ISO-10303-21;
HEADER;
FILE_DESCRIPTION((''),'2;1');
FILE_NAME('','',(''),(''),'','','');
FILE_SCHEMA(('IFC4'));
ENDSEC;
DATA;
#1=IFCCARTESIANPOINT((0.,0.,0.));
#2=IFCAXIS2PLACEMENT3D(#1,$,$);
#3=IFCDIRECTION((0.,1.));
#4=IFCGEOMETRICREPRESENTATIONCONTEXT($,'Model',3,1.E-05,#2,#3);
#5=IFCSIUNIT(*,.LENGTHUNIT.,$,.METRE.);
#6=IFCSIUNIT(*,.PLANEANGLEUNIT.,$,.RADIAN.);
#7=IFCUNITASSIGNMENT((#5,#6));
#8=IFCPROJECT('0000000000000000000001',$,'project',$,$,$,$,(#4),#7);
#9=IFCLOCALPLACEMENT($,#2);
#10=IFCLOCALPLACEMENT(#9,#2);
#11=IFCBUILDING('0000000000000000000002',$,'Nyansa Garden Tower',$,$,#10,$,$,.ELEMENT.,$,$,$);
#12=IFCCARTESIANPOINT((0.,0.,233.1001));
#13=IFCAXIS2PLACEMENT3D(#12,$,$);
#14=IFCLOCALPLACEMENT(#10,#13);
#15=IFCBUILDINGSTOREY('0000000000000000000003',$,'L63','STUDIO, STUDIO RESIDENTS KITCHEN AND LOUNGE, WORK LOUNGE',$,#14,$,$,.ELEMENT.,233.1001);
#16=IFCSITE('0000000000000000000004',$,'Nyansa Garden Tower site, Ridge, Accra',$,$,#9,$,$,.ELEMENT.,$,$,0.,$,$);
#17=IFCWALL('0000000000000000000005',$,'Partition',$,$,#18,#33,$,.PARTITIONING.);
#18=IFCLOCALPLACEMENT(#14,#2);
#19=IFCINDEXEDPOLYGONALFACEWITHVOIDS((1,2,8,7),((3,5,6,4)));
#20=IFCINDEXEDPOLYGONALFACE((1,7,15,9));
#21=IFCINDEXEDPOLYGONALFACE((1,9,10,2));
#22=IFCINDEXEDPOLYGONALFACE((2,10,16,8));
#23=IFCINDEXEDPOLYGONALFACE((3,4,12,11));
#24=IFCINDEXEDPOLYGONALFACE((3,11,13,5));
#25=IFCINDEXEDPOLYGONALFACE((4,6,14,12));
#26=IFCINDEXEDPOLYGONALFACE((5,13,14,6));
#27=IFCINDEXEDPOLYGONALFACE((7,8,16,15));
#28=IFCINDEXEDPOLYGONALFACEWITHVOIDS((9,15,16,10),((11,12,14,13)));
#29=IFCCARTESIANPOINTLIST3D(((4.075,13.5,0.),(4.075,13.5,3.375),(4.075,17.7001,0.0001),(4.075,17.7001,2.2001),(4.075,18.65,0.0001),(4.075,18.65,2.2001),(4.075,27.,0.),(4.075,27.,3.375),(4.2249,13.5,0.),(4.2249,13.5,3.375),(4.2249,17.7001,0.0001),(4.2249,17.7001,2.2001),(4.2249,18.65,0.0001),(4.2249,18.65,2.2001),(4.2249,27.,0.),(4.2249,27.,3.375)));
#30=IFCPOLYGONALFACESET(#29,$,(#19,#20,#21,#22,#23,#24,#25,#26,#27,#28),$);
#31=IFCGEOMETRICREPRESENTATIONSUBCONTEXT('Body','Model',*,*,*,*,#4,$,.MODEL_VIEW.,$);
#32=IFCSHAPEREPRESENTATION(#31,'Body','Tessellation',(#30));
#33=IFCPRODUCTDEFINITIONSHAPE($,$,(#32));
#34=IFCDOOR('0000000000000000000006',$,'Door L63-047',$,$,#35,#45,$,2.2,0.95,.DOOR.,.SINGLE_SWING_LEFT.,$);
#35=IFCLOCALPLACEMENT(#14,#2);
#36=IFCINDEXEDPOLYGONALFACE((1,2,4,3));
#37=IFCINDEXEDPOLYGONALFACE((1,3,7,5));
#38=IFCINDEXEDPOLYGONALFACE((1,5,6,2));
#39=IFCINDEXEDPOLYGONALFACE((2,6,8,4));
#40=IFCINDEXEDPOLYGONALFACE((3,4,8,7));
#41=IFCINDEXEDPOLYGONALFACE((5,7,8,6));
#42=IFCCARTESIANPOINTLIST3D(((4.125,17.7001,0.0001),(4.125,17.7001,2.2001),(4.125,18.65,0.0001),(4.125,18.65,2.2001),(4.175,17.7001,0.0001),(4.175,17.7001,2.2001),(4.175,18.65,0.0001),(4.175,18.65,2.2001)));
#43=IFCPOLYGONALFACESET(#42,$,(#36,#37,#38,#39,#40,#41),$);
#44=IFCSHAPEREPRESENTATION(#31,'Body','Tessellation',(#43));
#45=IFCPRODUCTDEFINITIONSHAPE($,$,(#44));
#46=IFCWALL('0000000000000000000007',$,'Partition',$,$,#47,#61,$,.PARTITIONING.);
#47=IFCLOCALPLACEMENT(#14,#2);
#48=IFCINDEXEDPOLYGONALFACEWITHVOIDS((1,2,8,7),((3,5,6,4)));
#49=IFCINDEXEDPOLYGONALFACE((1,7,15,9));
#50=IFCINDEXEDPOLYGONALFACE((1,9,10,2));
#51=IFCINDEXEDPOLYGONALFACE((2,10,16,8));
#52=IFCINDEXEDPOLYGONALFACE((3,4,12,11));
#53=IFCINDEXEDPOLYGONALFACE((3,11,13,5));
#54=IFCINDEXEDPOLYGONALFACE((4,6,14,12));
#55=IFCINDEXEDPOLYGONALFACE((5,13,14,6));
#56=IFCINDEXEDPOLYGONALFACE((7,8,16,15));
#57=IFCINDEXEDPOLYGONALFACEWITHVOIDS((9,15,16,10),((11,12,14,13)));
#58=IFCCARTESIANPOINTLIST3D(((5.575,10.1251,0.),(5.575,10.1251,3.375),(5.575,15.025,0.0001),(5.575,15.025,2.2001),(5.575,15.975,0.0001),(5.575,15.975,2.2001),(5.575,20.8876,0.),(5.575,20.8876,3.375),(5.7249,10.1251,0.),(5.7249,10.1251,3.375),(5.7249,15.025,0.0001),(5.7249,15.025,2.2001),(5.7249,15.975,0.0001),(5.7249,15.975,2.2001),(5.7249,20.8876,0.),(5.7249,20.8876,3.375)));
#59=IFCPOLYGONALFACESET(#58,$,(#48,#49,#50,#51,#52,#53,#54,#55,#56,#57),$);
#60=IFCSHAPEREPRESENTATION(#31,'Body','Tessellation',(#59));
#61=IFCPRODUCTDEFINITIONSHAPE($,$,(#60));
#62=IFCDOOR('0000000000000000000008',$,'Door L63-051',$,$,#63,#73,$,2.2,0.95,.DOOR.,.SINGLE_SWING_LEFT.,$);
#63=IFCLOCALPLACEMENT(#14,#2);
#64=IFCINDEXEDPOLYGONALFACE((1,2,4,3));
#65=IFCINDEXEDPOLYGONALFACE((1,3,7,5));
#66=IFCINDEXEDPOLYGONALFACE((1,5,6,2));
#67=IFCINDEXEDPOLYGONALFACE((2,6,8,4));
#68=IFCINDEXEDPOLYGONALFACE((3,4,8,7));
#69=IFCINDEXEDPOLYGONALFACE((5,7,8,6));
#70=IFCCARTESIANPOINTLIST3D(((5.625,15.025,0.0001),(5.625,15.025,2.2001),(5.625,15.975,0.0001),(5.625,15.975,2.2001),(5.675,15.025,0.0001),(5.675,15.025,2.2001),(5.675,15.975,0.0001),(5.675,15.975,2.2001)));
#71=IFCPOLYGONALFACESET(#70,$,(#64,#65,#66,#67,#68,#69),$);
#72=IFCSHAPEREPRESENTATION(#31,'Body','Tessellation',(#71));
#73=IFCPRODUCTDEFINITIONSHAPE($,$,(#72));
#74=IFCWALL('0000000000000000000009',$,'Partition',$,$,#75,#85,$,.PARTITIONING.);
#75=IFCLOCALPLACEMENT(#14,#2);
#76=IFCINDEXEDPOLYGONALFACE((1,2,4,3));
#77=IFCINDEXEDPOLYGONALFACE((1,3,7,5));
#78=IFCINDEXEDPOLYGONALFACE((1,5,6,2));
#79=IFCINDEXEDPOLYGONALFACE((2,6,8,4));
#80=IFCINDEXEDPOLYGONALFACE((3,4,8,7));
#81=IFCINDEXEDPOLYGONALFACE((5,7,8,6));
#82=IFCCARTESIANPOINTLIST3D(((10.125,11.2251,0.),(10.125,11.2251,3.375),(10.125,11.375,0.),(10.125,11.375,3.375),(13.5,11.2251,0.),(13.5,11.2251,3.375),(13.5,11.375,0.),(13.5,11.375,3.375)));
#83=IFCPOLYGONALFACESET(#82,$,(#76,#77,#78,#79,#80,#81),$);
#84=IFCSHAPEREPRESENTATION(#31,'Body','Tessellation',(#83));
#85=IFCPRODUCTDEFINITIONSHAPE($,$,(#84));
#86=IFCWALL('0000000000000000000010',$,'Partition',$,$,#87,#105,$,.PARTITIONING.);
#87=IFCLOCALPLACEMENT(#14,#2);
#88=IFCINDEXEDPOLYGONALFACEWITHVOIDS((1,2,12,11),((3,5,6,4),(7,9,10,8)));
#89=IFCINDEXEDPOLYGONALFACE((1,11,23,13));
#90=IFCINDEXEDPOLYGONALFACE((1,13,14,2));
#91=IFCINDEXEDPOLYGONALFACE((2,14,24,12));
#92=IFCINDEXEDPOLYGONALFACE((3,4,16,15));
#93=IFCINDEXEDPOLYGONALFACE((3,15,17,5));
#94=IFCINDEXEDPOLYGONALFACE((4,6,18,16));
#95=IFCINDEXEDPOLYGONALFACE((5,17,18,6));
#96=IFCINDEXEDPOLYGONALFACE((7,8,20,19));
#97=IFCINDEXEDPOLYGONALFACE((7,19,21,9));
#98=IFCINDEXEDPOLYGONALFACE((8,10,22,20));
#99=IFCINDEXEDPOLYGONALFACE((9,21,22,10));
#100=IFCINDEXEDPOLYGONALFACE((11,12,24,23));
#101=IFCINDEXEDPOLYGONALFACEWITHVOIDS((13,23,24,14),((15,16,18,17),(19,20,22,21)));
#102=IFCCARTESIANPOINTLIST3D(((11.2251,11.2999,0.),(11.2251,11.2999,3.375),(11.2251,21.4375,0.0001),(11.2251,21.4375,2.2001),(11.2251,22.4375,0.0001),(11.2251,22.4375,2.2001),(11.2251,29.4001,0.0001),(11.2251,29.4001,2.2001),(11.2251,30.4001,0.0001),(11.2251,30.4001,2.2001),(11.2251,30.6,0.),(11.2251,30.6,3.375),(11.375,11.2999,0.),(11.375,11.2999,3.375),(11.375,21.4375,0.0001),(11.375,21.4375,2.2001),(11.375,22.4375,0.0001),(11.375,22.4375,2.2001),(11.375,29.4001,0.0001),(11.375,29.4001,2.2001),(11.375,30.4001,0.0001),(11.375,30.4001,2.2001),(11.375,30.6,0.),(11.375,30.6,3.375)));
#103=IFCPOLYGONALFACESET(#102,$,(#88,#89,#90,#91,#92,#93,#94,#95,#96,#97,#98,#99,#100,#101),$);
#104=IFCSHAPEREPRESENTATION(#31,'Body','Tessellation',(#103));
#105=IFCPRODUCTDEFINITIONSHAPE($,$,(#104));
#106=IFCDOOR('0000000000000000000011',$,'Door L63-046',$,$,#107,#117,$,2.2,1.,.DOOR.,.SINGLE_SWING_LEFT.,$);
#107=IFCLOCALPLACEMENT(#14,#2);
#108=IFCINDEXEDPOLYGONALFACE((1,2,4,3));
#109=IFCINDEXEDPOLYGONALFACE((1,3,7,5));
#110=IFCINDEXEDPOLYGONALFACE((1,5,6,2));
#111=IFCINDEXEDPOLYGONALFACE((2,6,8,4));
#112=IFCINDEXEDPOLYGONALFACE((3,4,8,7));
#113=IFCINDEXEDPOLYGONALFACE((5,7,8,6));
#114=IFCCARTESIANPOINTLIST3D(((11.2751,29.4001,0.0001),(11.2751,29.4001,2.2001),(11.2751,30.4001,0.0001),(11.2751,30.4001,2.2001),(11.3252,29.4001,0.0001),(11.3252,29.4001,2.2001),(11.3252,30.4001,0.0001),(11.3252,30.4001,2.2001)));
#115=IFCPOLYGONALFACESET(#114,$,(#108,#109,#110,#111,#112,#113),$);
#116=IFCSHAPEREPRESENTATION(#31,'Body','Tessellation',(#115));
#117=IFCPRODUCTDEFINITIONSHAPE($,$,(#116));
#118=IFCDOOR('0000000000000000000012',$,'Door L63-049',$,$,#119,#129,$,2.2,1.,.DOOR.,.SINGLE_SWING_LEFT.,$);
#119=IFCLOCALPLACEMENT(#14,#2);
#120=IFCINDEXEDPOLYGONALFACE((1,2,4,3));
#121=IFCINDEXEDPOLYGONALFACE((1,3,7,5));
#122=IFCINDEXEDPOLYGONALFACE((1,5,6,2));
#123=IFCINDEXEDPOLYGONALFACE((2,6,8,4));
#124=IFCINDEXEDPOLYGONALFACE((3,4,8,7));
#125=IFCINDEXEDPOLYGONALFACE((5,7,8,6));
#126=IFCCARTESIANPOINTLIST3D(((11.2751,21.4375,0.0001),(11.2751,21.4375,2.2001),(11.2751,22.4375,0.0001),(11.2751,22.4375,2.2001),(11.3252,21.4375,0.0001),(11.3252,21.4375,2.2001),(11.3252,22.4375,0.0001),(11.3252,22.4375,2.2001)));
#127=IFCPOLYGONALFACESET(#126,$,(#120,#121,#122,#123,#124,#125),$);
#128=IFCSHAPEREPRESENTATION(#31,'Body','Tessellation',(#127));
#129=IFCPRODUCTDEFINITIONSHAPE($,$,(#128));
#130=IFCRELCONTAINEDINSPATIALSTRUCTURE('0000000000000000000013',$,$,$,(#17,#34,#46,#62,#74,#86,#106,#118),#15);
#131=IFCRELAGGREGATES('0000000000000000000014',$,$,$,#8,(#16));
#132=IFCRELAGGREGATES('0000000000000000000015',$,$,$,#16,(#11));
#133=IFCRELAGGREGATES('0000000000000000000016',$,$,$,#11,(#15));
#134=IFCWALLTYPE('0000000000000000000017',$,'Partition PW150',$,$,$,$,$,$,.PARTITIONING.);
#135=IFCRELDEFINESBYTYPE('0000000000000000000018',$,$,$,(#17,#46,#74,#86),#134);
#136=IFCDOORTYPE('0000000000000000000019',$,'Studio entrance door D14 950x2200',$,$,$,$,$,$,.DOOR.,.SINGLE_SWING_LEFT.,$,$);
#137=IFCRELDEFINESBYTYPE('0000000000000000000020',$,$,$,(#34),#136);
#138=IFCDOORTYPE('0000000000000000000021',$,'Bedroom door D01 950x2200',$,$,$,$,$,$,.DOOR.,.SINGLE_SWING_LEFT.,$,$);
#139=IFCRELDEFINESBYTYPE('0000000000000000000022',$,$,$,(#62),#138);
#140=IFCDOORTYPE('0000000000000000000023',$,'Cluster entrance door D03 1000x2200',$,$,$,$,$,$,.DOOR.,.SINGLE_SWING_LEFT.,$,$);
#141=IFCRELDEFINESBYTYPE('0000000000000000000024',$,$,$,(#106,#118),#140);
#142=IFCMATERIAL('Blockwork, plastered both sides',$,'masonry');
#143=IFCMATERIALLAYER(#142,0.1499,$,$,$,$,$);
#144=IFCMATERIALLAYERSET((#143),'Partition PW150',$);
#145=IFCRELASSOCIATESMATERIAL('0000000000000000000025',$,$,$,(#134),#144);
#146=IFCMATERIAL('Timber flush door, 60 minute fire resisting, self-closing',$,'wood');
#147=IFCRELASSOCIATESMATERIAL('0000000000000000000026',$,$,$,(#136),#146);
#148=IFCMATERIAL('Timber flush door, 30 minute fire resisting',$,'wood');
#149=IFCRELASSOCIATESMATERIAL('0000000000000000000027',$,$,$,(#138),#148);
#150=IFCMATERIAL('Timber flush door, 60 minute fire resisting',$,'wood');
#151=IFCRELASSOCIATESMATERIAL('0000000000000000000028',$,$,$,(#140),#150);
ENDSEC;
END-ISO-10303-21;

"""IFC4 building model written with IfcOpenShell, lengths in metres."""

from ifc_helpers import new_model, si_unit, direction, frame, frame_2d, origin, place, context, subcontext, project, spatial, rectangle, extrude, material, layer, layer_set, type_object, element, fill, save


model = new_model("IFC4")

# Units and contexts
model_context = context("Model", 3, precision=1e-05, world=origin(), true_north=direction((0.0, 1.0)))
body_context = subcontext(model_context, "Body", "Model", "MODEL_VIEW")
ifc_project = project(units=[si_unit("LENGTHUNIT", "METRE"), si_unit("PLANEANGLEUNIT", "RADIAN")], contexts=[model_context])

# Site, building, storey
site_placement = place(None, origin())
site = spatial("IfcSite", under=ifc_project, at=site_placement, Name="Nyansa Garden Tower site, Ridge, Accra", CompositionType="ELEMENT", RefElevation=0.0)
building_placement = place(site_placement, origin())
building = spatial("IfcBuilding", under=site, at=building_placement, Name="Nyansa Garden Tower", CompositionType="ELEMENT")
storey_placement = place(building_placement, frame((0.0, 0.0, 233.1001)))
storey = spatial("IfcBuildingStorey", under=building, at=storey_placement, Name="L63", Description="STUDIO, STUDIO RESIDENTS KITCHEN AND LOUNGE, WORK LOUNGE", CompositionType="ELEMENT", Elevation=233.1001)

# Walls, openings, doors
ifc_material_1 = material(Name="Blockwork, plastered both sides", Category="masonry")
ifc_layer = layer(ifc_material_1, 0.1499)
ifc_layer_set = layer_set([ifc_layer], Name="Partition PW150")
wall_type = type_object("IfcWallType", Name="Partition PW150", PredefinedType="PARTITIONING", material=ifc_layer_set)
wall_1_placement = place(storey_placement, frame((4.1499, 13.5, 0.0), z_axis=(0.0, 0.0, 1.0), x_axis=(0.0, 1.0, 0.0)))
wall_1 = element("IfcWall", 1, at=wall_1_placement, inside=storey, type_object=wall_type, Name="Partition", PredefinedType="PARTITIONING", context=body_context, shape_type="SweptSolid", body=[
    extrude(rectangle(XDim=13.5, YDim=0.1499, at=frame_2d((6.75, 0.0))), origin(), (0.0, 0.0, 1.0), 3.375),
])
opening_1_placement = place(wall_1_placement, frame((4.2, 0.0, 0.0)))
opening_1 = element("IfcOpeningElement", 2, at=opening_1_placement, cuts=wall_1, PredefinedType="OPENING", context=body_context, shape_type="SweptSolid", body=[
    extrude(rectangle(XDim=0.95, YDim=2.2, at=frame_2d((0.4751, 1.1001))), frame((0.0, 0.085, 0.0), z_axis=(0.0, -1.0, 0.0), x_axis=(1.0, 0.0, 0.0)), (0.0, 0.0, 1.0), 0.1699),
])
ifc_material_2 = material(Name="Timber flush door, 60 minute fire resisting, self-closing", Category="wood")
door_type_1 = type_object("IfcDoorType", Name="Studio entrance door D14 950x2200", OperationType="SINGLE_SWING_LEFT", PredefinedType="DOOR", material=ifc_material_2)
door_1_placement = place(opening_1_placement, origin())
door_1 = element("IfcDoor", 3, at=door_1_placement, inside=storey, type_object=door_type_1, Name="Door L63-047", OperationType="SINGLE_SWING_LEFT", OverallHeight=2.2, OverallWidth=0.95, PredefinedType="DOOR", context=body_context, shape_type="SweptSolid", body=[
    extrude(rectangle(XDim=0.95, YDim=2.2, at=frame_2d((0.4751, 1.1001))), frame((0.0, 0.0249, 0.0), z_axis=(0.0, -1.0, 0.0), x_axis=(1.0, 0.0, 0.0)), (0.0, 0.0, 1.0), 0.05),
])
fill(opening_1, door_1)
wall_2_placement = place(storey_placement, frame((5.6499, 10.125, 0.0), z_axis=(0.0, 0.0, 1.0), x_axis=(0.0, 1.0, 0.0)))
wall_2 = element("IfcWall", 4, at=wall_2_placement, inside=storey, type_object=wall_type, Name="Partition", PredefinedType="PARTITIONING", context=body_context, shape_type="SweptSolid", body=[
    extrude(rectangle(XDim=10.7625, YDim=0.1499, at=frame_2d((5.3813, 0.0))), origin(), (0.0, 0.0, 1.0), 3.375),
])
opening_2_placement = place(wall_2_placement, frame((4.8999, 0.0, 0.0)))
opening_2 = element("IfcOpeningElement", 5, at=opening_2_placement, cuts=wall_2, PredefinedType="OPENING", context=body_context, shape_type="SweptSolid", body=[
    extrude(rectangle(XDim=0.95, YDim=2.2, at=frame_2d((0.4751, 1.1001))), frame((0.0, 0.085, 0.0), z_axis=(0.0, -1.0, 0.0), x_axis=(1.0, 0.0, 0.0)), (0.0, 0.0, 1.0), 0.1699),
])
ifc_material_3 = material(Name="Timber flush door, 30 minute fire resisting", Category="wood")
door_type_2 = type_object("IfcDoorType", Name="Bedroom door D01 950x2200", OperationType="SINGLE_SWING_LEFT", PredefinedType="DOOR", material=ifc_material_3)
door_2_placement = place(opening_2_placement, origin())
door_2 = element("IfcDoor", 6, at=door_2_placement, inside=storey, type_object=door_type_2, Name="Door L63-051", OperationType="SINGLE_SWING_LEFT", OverallHeight=2.2, OverallWidth=0.95, PredefinedType="DOOR", context=body_context, shape_type="SweptSolid", body=[
    extrude(rectangle(XDim=0.95, YDim=2.2, at=frame_2d((0.4751, 1.1001))), frame((0.0, 0.0249, 0.0), z_axis=(0.0, -1.0, 0.0), x_axis=(1.0, 0.0, 0.0)), (0.0, 0.0, 1.0), 0.05),
])
fill(opening_2, door_2)

# Wall
wall_3_placement = place(storey_placement, frame((10.125, 11.3, 0.0), z_axis=(0.0, 0.0, 1.0), x_axis=(1.0, 0.0, 0.0)))
element("IfcWall", 7, at=wall_3_placement, inside=storey, type_object=wall_type, Name="Partition", PredefinedType="PARTITIONING", context=body_context, shape_type="SweptSolid", body=[
    extrude(rectangle(XDim=3.375, YDim=0.1499, at=frame_2d((1.6875, 0.0))), origin(), (0.0, 0.0, 1.0), 3.375),
])

# Wall, openings, doors
wall_4_placement = place(storey_placement, frame((11.3, 11.3, 0.0), z_axis=(0.0, 0.0, 1.0), x_axis=(0.0, 1.0, 0.0)))
wall_4 = element("IfcWall", 8, at=wall_4_placement, inside=storey, type_object=wall_type, Name="Partition", PredefinedType="PARTITIONING", context=body_context, shape_type="SweptSolid", body=[
    extrude(rectangle(XDim=19.3, YDim=0.1499, at=frame_2d((9.6499, 0.0))), origin(), (0.0, 0.0, 1.0), 3.375),
])
opening_3_placement = place(wall_4_placement, frame((18.1001, 0.0, 0.0)))
opening_3 = element("IfcOpeningElement", 9, at=opening_3_placement, cuts=wall_4, PredefinedType="OPENING", context=body_context, shape_type="SweptSolid", body=[
    extrude(rectangle(XDim=1.0, YDim=2.2, at=frame_2d((0.5, 1.1001))), frame((0.0, 0.085, 0.0), z_axis=(0.0, -1.0, 0.0), x_axis=(1.0, 0.0, 0.0)), (0.0, 0.0, 1.0), 0.1699),
])
opening_4_placement = place(wall_4_placement, frame((10.1375, 0.0, 0.0)))
opening_4 = element("IfcOpeningElement", 10, at=opening_4_placement, cuts=wall_4, PredefinedType="OPENING", context=body_context, shape_type="SweptSolid", body=[
    extrude(rectangle(XDim=1.0, YDim=2.2, at=frame_2d((0.5, 1.1001))), frame((0.0, 0.085, 0.0), z_axis=(0.0, -1.0, 0.0), x_axis=(1.0, 0.0, 0.0)), (0.0, 0.0, 1.0), 0.1699),
])
ifc_material_4 = material(Name="Timber flush door, 60 minute fire resisting", Category="wood")
door_type_3 = type_object("IfcDoorType", Name="Cluster entrance door D03 1000x2200", OperationType="SINGLE_SWING_LEFT", PredefinedType="DOOR", material=ifc_material_4)
door_3_placement = place(opening_3_placement, origin())
door_3 = element("IfcDoor", 11, at=door_3_placement, inside=storey, type_object=door_type_3, Name="Door L63-046", OperationType="SINGLE_SWING_LEFT", OverallHeight=2.2, OverallWidth=1.0, PredefinedType="DOOR", context=body_context, shape_type="SweptSolid", body=[
    extrude(rectangle(XDim=1.0, YDim=2.2, at=frame_2d((0.5, 1.1001))), frame((0.0, 0.0249, 0.0), z_axis=(0.0, -1.0, 0.0), x_axis=(1.0, 0.0, 0.0)), (0.0, 0.0, 1.0), 0.05),
])
fill(opening_3, door_3)
door_4_placement = place(opening_4_placement, origin())
door_4 = element("IfcDoor", 12, at=door_4_placement, inside=storey, type_object=door_type_3, Name="Door L63-049", OperationType="SINGLE_SWING_LEFT", OverallHeight=2.2, OverallWidth=1.0, PredefinedType="DOOR", context=body_context, shape_type="SweptSolid", body=[
    extrude(rectangle(XDim=1.0, YDim=2.2, at=frame_2d((0.5, 1.1001))), frame((0.0, 0.0249, 0.0), z_axis=(0.0, -1.0, 0.0), x_axis=(1.0, 0.0, 0.0)), (0.0, 0.0, 1.0), 0.05),
])
fill(opening_4, door_4)

save(model, "model.ifc")
